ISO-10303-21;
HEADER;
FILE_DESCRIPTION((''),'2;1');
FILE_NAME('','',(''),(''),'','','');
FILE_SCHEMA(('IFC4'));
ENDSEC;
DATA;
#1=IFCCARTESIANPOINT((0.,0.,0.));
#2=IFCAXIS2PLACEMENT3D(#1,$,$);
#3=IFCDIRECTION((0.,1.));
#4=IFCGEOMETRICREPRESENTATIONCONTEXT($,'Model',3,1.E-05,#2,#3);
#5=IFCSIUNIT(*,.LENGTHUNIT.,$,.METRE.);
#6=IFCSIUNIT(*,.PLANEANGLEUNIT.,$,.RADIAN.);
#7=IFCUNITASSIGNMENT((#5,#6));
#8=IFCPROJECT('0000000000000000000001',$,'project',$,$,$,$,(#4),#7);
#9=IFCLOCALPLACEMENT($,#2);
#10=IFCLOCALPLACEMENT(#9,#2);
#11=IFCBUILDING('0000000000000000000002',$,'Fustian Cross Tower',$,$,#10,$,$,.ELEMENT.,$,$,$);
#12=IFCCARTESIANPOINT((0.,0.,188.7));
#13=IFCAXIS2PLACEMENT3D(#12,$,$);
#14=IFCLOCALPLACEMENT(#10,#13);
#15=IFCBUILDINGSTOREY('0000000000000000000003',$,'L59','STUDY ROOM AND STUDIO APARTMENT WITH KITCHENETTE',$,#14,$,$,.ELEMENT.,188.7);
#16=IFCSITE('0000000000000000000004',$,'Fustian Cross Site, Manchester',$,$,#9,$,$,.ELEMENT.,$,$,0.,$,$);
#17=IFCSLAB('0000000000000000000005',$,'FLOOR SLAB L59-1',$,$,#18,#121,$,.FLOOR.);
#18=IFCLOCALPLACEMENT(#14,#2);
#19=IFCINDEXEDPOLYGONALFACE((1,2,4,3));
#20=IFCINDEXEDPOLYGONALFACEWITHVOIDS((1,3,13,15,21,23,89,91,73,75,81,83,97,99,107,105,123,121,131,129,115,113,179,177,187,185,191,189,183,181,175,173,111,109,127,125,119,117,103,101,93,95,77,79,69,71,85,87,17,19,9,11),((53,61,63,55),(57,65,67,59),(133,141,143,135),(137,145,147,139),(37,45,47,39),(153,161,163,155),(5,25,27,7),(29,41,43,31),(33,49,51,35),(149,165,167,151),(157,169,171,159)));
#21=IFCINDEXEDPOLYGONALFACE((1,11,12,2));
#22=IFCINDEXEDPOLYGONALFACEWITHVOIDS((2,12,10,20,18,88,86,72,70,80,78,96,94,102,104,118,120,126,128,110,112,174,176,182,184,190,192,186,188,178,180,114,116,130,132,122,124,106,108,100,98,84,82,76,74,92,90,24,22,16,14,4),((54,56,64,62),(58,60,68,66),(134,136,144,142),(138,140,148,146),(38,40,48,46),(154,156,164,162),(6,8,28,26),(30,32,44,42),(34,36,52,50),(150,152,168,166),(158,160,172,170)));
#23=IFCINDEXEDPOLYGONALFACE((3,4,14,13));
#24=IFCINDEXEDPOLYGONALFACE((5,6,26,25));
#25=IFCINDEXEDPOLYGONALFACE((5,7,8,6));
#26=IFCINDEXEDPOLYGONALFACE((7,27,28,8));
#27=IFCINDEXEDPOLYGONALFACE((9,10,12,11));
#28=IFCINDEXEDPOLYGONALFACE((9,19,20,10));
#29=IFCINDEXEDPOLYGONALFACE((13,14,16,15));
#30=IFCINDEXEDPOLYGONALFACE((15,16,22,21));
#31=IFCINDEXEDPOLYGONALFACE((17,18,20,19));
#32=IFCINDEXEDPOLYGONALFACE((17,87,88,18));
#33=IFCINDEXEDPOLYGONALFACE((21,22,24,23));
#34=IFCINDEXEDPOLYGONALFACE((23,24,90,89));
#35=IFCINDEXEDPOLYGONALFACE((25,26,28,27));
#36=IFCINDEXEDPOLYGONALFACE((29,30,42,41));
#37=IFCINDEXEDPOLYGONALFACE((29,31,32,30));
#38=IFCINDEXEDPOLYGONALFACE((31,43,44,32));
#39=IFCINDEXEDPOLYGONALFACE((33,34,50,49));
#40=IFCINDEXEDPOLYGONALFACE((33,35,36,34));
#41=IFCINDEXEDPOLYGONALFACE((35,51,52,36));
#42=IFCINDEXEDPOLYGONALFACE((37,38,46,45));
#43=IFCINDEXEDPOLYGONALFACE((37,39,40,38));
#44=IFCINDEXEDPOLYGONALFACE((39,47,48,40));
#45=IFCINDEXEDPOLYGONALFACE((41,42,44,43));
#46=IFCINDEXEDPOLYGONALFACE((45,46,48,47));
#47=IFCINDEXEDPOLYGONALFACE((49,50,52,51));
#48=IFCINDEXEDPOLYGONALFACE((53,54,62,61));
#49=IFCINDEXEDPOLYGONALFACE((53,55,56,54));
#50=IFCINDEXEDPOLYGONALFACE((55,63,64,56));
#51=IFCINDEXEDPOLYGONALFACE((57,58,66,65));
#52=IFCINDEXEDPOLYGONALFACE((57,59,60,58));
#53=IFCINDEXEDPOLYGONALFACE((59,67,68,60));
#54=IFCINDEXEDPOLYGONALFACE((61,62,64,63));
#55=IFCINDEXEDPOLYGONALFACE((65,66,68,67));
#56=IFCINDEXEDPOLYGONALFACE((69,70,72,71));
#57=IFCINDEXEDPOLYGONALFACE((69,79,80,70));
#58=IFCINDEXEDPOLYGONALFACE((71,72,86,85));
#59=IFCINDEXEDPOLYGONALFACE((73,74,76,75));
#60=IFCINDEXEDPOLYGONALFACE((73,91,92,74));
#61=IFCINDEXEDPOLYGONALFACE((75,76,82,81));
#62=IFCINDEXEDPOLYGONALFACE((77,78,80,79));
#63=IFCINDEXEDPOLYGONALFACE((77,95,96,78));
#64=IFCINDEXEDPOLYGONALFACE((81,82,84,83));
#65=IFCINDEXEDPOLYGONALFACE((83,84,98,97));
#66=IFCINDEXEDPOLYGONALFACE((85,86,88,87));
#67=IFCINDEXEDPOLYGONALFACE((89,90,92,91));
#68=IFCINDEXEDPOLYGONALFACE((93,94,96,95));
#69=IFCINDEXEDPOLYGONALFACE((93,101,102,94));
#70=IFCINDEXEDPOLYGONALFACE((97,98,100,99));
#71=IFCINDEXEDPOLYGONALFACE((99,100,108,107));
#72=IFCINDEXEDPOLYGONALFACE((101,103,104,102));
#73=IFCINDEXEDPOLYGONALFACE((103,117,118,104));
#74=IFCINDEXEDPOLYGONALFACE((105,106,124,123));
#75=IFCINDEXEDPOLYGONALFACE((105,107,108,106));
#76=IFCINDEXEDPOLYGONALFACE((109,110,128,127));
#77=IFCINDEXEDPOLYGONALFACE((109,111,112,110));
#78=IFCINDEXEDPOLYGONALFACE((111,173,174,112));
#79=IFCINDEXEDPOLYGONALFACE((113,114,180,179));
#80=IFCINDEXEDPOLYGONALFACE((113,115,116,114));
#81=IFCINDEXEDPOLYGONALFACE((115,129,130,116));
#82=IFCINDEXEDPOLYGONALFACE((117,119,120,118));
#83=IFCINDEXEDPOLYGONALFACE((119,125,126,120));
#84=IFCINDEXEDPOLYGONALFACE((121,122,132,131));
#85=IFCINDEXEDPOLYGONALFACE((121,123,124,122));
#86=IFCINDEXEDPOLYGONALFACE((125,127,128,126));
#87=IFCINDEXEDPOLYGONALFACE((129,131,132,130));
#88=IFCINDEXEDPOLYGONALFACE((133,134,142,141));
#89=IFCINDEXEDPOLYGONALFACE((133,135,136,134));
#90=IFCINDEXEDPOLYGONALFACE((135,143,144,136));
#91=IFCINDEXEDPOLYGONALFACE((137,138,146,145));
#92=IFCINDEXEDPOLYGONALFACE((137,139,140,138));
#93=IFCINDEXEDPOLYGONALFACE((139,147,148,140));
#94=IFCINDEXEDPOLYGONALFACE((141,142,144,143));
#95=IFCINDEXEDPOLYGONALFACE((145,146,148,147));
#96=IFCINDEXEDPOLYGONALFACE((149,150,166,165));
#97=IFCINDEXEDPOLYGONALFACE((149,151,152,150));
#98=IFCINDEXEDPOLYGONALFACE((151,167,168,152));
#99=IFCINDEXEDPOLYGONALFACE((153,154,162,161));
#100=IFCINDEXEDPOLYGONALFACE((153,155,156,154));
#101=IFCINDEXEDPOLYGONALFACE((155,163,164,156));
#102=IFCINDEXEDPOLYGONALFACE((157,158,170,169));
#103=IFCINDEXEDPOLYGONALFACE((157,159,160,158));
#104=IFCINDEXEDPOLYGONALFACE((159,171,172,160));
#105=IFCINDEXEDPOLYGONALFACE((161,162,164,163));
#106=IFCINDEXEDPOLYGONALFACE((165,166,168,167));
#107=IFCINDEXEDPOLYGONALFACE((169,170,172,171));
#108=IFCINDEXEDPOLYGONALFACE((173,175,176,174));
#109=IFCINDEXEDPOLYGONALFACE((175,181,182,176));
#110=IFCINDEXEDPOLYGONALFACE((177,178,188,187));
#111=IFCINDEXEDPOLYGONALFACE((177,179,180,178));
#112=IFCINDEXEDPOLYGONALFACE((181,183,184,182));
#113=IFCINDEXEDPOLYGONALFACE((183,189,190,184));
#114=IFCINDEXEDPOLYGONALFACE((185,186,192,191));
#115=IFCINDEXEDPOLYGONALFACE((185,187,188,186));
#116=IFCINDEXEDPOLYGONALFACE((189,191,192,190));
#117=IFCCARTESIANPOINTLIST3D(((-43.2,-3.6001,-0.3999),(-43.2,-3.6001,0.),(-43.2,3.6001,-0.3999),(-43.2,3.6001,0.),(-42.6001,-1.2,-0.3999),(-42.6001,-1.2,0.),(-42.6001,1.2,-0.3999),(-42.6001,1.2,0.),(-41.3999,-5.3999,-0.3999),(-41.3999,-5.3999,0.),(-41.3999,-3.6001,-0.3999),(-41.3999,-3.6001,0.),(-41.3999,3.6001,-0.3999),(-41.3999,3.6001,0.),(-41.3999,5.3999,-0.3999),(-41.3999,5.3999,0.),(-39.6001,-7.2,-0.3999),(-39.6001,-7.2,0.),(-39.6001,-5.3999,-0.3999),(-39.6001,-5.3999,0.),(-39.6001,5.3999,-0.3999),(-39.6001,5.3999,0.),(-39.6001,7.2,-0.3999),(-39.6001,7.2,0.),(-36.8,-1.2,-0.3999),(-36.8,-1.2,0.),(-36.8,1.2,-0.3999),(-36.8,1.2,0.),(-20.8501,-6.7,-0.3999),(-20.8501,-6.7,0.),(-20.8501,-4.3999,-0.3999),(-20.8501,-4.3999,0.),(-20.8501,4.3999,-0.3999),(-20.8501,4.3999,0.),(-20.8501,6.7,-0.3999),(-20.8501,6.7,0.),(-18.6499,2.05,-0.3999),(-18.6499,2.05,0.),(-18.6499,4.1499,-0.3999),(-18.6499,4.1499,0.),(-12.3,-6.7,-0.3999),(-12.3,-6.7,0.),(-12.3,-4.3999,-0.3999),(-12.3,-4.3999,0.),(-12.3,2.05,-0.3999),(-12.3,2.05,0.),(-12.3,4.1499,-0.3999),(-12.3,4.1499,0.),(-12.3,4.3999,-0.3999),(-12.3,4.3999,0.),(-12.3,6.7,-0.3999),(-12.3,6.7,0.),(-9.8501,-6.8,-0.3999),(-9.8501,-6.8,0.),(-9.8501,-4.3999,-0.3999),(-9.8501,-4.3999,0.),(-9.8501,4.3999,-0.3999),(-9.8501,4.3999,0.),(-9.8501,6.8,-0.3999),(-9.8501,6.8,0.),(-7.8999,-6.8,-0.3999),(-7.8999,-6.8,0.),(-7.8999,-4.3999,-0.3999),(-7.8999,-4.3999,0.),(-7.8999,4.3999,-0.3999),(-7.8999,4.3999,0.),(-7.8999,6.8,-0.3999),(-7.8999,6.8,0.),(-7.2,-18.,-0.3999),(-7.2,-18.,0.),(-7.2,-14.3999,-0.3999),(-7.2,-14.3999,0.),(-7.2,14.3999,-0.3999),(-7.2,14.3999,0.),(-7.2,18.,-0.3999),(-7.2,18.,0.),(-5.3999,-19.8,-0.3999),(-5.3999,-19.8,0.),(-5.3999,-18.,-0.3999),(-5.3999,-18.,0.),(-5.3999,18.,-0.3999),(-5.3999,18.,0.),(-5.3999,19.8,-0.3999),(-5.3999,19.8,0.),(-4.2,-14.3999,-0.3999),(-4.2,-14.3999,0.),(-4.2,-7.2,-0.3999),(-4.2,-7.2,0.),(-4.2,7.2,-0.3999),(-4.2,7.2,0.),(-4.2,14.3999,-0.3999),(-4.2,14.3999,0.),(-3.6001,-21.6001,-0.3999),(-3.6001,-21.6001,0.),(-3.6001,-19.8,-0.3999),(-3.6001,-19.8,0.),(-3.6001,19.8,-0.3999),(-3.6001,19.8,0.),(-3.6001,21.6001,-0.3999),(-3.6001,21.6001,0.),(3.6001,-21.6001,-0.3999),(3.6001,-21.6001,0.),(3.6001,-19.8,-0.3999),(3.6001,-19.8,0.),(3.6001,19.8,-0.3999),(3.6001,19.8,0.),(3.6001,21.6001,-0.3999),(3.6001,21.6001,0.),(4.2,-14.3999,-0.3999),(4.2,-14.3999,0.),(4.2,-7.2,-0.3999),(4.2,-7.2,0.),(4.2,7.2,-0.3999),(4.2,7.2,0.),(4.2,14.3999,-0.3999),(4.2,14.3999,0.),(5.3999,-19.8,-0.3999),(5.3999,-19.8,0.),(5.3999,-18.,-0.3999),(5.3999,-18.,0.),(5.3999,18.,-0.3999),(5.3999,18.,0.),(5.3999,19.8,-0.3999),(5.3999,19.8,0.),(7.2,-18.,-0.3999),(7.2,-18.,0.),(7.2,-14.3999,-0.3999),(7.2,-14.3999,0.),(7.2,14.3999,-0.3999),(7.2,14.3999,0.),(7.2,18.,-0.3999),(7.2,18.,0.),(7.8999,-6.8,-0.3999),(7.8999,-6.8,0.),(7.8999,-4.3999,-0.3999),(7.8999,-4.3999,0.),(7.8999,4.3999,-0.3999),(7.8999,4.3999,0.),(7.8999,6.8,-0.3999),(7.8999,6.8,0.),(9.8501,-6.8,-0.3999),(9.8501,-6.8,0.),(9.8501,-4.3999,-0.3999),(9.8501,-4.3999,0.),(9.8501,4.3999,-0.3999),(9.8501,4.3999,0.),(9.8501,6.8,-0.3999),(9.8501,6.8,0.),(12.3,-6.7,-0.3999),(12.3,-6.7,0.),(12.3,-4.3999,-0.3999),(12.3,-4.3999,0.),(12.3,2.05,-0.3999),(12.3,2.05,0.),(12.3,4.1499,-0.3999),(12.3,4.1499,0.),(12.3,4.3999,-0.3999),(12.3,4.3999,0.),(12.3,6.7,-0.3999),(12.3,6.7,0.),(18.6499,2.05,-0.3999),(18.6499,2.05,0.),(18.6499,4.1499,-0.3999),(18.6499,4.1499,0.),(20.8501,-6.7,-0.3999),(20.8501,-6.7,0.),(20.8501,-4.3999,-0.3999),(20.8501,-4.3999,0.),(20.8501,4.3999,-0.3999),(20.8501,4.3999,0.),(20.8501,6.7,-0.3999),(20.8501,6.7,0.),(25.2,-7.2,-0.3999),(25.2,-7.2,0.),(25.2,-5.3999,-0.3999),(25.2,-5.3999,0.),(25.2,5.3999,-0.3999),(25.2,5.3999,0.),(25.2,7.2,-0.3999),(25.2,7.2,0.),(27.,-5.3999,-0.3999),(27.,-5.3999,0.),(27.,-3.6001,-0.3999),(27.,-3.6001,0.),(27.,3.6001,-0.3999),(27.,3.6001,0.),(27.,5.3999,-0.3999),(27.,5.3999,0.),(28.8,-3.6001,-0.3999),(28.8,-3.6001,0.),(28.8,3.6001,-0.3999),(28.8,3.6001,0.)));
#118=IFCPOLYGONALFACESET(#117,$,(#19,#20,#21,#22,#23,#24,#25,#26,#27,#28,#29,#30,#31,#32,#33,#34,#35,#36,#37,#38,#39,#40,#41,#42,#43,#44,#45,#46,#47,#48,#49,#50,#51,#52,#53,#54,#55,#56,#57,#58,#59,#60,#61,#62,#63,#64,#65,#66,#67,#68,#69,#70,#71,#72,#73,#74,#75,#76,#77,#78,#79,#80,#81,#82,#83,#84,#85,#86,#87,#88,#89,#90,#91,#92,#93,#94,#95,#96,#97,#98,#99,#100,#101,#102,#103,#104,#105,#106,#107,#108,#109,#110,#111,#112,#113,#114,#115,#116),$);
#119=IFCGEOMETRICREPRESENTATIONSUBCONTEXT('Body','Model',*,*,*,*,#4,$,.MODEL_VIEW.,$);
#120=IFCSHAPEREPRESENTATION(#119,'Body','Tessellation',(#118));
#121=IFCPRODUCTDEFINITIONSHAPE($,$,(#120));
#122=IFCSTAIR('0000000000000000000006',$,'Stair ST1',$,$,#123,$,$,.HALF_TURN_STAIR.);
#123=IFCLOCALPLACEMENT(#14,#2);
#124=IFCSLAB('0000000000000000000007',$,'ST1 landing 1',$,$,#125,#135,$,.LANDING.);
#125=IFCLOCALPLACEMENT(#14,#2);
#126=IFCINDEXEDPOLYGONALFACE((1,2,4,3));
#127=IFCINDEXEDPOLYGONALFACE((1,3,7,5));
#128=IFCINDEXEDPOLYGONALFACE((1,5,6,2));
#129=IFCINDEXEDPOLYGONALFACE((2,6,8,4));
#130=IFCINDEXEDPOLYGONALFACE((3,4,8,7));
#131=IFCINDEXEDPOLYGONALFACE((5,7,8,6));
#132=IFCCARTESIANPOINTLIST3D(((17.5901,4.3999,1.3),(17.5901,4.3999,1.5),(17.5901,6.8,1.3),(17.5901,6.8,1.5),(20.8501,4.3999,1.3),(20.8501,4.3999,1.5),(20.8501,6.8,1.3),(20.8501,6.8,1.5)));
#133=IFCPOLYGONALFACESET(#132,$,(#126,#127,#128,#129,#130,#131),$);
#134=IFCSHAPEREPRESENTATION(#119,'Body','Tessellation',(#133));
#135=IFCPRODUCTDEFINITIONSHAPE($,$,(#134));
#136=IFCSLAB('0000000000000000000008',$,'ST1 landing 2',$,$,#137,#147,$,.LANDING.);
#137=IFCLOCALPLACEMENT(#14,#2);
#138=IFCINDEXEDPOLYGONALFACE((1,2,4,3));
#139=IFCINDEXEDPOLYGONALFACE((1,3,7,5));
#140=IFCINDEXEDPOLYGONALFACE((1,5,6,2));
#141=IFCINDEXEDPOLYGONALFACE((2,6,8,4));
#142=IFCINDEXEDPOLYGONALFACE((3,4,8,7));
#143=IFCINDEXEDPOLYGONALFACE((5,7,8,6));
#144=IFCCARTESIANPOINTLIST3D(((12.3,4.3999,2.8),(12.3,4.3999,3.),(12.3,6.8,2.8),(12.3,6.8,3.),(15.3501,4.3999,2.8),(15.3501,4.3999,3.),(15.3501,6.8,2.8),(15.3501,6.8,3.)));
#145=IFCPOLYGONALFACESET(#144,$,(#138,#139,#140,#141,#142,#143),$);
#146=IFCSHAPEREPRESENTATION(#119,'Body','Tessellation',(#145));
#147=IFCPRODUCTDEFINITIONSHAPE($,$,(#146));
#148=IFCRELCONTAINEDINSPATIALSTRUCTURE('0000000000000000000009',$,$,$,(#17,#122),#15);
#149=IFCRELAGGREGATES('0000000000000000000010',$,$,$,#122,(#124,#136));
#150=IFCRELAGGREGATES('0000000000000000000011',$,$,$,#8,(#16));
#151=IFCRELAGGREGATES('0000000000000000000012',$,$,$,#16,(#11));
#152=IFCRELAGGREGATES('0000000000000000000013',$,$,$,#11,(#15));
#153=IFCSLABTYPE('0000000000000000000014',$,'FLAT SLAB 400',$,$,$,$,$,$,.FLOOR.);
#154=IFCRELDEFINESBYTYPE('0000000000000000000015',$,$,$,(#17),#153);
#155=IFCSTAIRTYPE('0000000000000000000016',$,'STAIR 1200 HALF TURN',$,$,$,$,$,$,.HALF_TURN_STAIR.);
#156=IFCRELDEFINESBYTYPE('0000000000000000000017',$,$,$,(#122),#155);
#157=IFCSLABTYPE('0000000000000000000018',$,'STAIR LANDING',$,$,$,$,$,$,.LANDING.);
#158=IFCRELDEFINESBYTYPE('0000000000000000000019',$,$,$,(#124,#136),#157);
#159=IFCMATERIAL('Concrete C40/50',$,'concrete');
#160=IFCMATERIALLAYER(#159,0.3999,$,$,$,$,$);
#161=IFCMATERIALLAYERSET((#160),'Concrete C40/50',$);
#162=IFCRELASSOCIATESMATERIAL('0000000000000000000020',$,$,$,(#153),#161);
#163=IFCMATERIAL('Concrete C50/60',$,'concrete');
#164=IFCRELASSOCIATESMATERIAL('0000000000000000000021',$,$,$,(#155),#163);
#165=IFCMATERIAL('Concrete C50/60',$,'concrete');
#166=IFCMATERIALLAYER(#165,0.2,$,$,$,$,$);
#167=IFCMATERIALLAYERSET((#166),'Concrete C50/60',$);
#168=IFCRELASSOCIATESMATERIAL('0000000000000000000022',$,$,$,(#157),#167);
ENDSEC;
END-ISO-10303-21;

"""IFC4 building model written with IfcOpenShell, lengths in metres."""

from ifc_helpers import new_model, si_unit, direction, frame, origin, place, context, subcontext, project, spatial, polyline, outline, extrude, material, layer, layer_set, type_object, element, aggregate, save


model = new_model("IFC4")

# Units and contexts
model_context = context("Model", 3, precision=1e-05, world=origin(), true_north=direction((0.0, 1.0)))
body_context = subcontext(model_context, "Body", "Model", "MODEL_VIEW")
ifc_project = project(units=[si_unit("LENGTHUNIT", "METRE"), si_unit("PLANEANGLEUNIT", "RADIAN")], contexts=[model_context])

# Site, building, storey
site_placement = place(None, origin())
site = spatial("IfcSite", under=ifc_project, at=site_placement, Name="Fustian Cross Site, Manchester", CompositionType="ELEMENT", RefElevation=0.0)
building_placement = place(site_placement, origin())
building = spatial("IfcBuilding", under=site, at=building_placement, Name="Fustian Cross Tower", CompositionType="ELEMENT")
storey_placement = place(building_placement, frame((0.0, 0.0, 188.7)))
storey = spatial("IfcBuildingStorey", under=building, at=storey_placement, Name="L59", Description="STUDY ROOM AND STUDIO APARTMENT WITH KITCHENETTE", CompositionType="ELEMENT", Elevation=188.7)

# Slab
ifc_material_1 = material(Name="Concrete C40/50", Category="concrete")
ifc_layer_1 = layer(ifc_material_1, 0.3999)
ifc_layer_set_1 = layer_set([ifc_layer_1], Name="Concrete C40/50")
slab_type_1 = type_object("IfcSlabType", Name="FLAT SLAB 400", PredefinedType="FLOOR", material=ifc_layer_set_1)
slab_1_placement = place(storey_placement, frame((0.0, 0.0, -0.3999)))
element("IfcSlab", 1, at=slab_1_placement, inside=storey, type_object=slab_type_1, Name="FLOOR SLAB L59-1", PredefinedType="FLOOR", context=body_context, shape_type="SweptSolid", body=[
    extrude(outline(polyline([(-5.3999, -19.8), (-5.3999, -18.0), (-7.2, -18.0), (-7.2, -14.3999), (-4.2, -14.3999), (-4.2, -7.2), (-39.6001, -7.2), (-39.6001, -5.3999), (-41.3999, -5.3999), (-41.3999, -3.6001), (-43.2, -3.6001), (-43.2, 3.6001), (-41.3999, 3.6001), (-41.3999, 5.3999), (-39.6001, 5.3999), (-39.6001, 7.2), (-4.2, 7.2), (-4.2, 14.3999), (-7.2, 14.3999), (-7.2, 18.0), (-5.3999, 18.0), (-5.3999, 19.8), (-3.6001, 19.8), (-3.6001, 21.6001), (3.6001, 21.6001), (3.6001, 19.8), (5.3999, 19.8), (5.3999, 18.0), (7.2, 18.0), (7.2, 14.3999), (4.2, 14.3999), (4.2, 7.2), (25.2, 7.2), (25.2, 5.3999), (27.0, 5.3999), (27.0, 3.6001), (28.8, 3.6001), (28.8, -3.6001), (27.0, -3.6001), (27.0, -5.3999), (25.2, -5.3999), (25.2, -7.2), (4.2, -7.2), (4.2, -14.3999), (7.2, -14.3999), (7.2, -18.0), (5.3999, -18.0), (5.3999, -19.8), (3.6001, -19.8), (3.6001, -21.6001), (-3.6001, -21.6001), (-3.6001, -19.8), (-5.3999, -19.8)]), holes=[polyline([(7.8999, 4.3999), (9.8501, 4.3999), (9.8501, 6.8), (7.8999, 6.8), (7.8999, 4.3999)]), polyline([(7.8999, -4.3999), (7.8999, -6.8), (9.8501, -6.8), (9.8501, -4.3999), (7.8999, -4.3999)]), polyline([(-7.8999, 6.8), (-9.8501, 6.8), (-9.8501, 4.3999), (-7.8999, 4.3999), (-7.8999, 6.8)]), polyline([(-7.8999, -6.8), (-7.8999, -4.3999), (-9.8501, -4.3999), (-9.8501, -6.8), (-7.8999, -6.8)]), polyline([(12.3, 2.05), (18.6499, 2.05), (18.6499, 4.1499), (12.3, 4.1499), (12.3, 2.05)]), polyline([(-18.6499, 4.1499), (-18.6499, 2.05), (-12.3, 2.05), (-12.3, 4.1499), (-18.6499, 4.1499)]), polyline([(20.8501, 6.7), (12.3, 6.7), (12.3, 4.3999), (20.8501, 4.3999), (20.8501, 6.7)]), polyline([(20.8501, -6.7), (20.8501, -4.3999), (12.3, -4.3999), (12.3, -6.7), (20.8501, -6.7)]), polyline([(-20.8501, 4.3999), (-12.3, 4.3999), (-12.3, 6.7), (-20.8501, 6.7), (-20.8501, 4.3999)]), polyline([(-20.8501, -4.3999), (-20.8501, -6.7), (-12.3, -6.7), (-12.3, -4.3999), (-20.8501, -4.3999)]), polyline([(-36.8, 1.2), (-42.6001, 1.2), (-42.6001, -1.2), (-36.8, -1.2), (-36.8, 1.2)])]), origin(), (0.0, 0.0, 1.0), 0.3999),
])

# Stair, slabs
ifc_material_2 = material(Name="Concrete C50/60", Category="concrete")
stair_type = type_object("IfcStairType", Name="STAIR 1200 HALF TURN", PredefinedType="HALF_TURN_STAIR", material=ifc_material_2)
stair_placement = place(storey_placement, origin())
stair = element("IfcStair", 2, at=stair_placement, inside=storey, type_object=stair_type, Name="Stair ST1", PredefinedType="HALF_TURN_STAIR")
ifc_material_3 = material(Name="Concrete C50/60", Category="concrete")
ifc_layer_2 = layer(ifc_material_3, 0.2)
ifc_layer_set_2 = layer_set([ifc_layer_2], Name="Concrete C50/60")
slab_type_2 = type_object("IfcSlabType", Name="STAIR LANDING", PredefinedType="LANDING", material=ifc_layer_set_2)
slab_2_placement = place(storey_placement, frame((0.0, 0.0, 1.3)))
slab_2 = element("IfcSlab", 3, at=slab_2_placement, type_object=slab_type_2, Name="ST1 landing 1", PredefinedType="LANDING", context=body_context, shape_type="SweptSolid", body=[
    extrude(outline(polyline([(17.5901, 4.3999), (20.8501, 4.3999), (20.8501, 6.8), (17.5901, 6.8), (17.5901, 4.3999)])), origin(), (0.0, 0.0, 1.0), 0.2),
])
slab_3_placement = place(storey_placement, frame((0.0, 0.0, 2.8)))
slab_3 = element("IfcSlab", 4, at=slab_3_placement, type_object=slab_type_2, Name="ST1 landing 2", PredefinedType="LANDING", context=body_context, shape_type="SweptSolid", body=[
    extrude(outline(polyline([(12.3, 4.3999), (15.3501, 4.3999), (15.3501, 6.8), (12.3, 6.8), (12.3, 4.3999)])), origin(), (0.0, 0.0, 1.0), 0.2),
])
aggregate(stair, [slab_2, slab_3])

save(model, "model.ifc")
